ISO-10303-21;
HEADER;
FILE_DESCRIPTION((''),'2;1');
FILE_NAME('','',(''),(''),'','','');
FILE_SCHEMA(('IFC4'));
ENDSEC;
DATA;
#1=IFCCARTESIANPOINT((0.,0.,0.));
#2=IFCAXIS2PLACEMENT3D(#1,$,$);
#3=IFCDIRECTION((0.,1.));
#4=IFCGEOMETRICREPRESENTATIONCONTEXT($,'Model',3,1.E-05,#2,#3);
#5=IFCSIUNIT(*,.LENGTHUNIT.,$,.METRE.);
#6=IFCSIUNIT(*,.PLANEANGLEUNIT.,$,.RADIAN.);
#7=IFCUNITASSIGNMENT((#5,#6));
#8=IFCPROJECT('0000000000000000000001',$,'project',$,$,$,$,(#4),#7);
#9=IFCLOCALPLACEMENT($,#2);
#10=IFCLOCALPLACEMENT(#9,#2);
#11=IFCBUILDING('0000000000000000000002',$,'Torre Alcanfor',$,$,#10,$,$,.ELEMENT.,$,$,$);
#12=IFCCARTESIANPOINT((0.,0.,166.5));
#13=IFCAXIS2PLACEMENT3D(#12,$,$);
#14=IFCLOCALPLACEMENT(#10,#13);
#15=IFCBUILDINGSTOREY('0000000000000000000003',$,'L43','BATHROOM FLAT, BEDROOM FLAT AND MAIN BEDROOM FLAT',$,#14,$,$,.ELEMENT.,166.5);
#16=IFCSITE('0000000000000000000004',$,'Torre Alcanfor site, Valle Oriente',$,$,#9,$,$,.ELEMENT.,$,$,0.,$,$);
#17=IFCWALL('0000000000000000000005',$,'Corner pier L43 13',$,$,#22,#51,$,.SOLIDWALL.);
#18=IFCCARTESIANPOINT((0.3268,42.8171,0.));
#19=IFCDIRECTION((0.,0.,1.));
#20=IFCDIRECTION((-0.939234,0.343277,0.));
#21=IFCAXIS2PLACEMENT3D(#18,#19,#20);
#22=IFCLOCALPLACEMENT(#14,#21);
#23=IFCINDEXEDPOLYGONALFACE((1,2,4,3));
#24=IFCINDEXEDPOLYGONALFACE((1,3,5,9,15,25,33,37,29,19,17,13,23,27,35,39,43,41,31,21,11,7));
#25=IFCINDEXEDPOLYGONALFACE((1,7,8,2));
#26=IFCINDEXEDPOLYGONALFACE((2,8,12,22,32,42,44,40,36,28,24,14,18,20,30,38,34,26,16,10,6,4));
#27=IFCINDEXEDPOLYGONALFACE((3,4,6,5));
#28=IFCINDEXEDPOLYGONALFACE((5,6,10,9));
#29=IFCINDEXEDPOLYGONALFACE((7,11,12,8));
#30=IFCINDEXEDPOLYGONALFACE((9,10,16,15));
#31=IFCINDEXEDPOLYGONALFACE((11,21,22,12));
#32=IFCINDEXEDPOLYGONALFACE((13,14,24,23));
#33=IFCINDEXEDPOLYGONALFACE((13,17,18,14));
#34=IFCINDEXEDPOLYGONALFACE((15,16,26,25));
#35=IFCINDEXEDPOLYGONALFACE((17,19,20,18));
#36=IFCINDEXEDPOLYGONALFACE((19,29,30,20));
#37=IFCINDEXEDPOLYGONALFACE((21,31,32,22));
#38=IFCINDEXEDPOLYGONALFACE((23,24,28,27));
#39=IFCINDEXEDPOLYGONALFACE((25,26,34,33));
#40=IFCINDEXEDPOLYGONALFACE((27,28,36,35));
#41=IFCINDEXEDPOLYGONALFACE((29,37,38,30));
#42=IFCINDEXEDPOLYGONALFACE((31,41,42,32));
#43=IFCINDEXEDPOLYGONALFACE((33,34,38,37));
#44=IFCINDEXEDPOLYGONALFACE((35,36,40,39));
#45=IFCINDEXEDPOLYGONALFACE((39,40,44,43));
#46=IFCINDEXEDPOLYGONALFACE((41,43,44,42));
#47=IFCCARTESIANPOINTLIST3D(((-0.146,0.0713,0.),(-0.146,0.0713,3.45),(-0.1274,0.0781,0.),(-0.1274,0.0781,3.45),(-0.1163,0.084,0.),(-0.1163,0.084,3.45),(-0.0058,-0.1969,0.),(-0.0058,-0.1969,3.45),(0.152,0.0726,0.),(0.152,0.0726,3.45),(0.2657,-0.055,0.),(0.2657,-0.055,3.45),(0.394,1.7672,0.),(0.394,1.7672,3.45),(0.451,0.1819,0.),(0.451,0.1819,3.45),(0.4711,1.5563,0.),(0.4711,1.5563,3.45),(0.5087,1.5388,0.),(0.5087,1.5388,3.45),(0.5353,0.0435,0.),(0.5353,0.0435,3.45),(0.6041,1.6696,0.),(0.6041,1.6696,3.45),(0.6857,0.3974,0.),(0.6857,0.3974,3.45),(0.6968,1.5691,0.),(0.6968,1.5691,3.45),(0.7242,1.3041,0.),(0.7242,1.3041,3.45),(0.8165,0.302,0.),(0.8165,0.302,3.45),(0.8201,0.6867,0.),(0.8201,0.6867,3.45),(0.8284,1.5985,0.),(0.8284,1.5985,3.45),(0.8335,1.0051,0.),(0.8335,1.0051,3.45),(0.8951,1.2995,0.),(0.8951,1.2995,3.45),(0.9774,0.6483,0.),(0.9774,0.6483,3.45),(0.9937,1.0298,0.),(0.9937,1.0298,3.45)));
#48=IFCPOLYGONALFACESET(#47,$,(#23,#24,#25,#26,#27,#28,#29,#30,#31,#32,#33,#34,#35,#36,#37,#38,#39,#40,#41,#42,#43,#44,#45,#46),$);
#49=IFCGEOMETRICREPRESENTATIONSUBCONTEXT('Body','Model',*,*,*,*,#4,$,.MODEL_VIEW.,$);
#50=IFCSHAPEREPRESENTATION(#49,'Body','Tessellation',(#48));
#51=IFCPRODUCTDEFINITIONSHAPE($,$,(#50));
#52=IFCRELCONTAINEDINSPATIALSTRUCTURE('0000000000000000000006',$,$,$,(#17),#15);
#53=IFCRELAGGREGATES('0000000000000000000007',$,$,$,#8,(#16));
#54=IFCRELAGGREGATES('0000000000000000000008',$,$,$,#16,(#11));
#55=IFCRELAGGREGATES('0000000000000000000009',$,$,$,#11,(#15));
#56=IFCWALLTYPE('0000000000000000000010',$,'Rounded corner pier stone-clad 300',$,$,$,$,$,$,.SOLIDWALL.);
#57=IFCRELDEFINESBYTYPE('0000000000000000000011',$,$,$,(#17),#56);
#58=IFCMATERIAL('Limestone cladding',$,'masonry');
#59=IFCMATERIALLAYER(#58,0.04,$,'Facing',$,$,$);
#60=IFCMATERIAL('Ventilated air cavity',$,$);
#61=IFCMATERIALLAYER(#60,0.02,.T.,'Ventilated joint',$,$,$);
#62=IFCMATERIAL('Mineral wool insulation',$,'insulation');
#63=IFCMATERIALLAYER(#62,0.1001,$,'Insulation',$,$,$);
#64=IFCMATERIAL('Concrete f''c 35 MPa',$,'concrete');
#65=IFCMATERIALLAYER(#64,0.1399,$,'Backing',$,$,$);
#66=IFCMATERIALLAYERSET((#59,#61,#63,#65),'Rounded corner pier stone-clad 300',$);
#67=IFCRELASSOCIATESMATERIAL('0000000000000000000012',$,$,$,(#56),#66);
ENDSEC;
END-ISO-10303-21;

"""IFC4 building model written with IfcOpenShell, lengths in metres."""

from ifc_helpers import new_model, si_unit, direction, frame, origin, place, context, subcontext, project, spatial, polyline, outline, extrude, material, layer, layer_set, type_object, element, save


model = new_model("IFC4")

# Units and contexts
model_context = context("Model", 3, precision=1e-05, world=origin(), true_north=direction((0.0, 1.0)))
body_context = subcontext(model_context, "Body", "Model", "MODEL_VIEW")
ifc_project = project(units=[si_unit("LENGTHUNIT", "METRE"), si_unit("PLANEANGLEUNIT", "RADIAN")], contexts=[model_context])

# Site, building, storey
site_placement = place(None, origin())
site = spatial("IfcSite", under=ifc_project, at=site_placement, Name="Torre Alcanfor site, Valle Oriente", CompositionType="ELEMENT", RefElevation=0.0)
building_placement = place(site_placement, origin())
building = spatial("IfcBuilding", under=site, at=building_placement, Name="Torre Alcanfor", CompositionType="ELEMENT")
storey_placement = place(building_placement, frame((0.0, 0.0, 166.5)))
storey = spatial("IfcBuildingStorey", under=building, at=storey_placement, Name="L43", Description="BATHROOM FLAT, BEDROOM FLAT AND MAIN BEDROOM FLAT", CompositionType="ELEMENT", Elevation=166.5)

# Wall
ifc_material_1 = material(Name="Limestone cladding", Category="masonry")
ifc_layer_1 = layer(ifc_material_1, 0.04, Name="Facing")
ifc_material_2 = material(Name="Ventilated air cavity")
ifc_layer_2 = layer(ifc_material_2, 0.02, ventilated=True, Name="Ventilated joint")
ifc_material_3 = material(Name="Mineral wool insulation", Category="insulation")
ifc_layer_3 = layer(ifc_material_3, 0.1001, Name="Insulation")
ifc_material_4 = material(Name="Concrete f'c 35 MPa", Category="concrete")
ifc_layer_4 = layer(ifc_material_4, 0.1399, Name="Backing")
ifc_layer_set_1 = layer_set([ifc_layer_1, ifc_layer_2, ifc_layer_3, ifc_layer_4], Name="Rounded corner pier stone-clad 300")
wall_type_1 = type_object("IfcWallType", Name="Rounded corner pier stone-clad 300", PredefinedType="SOLIDWALL", material=ifc_layer_set_1)
wall_1_placement = place(storey_placement, frame((0.3268, 42.8171, 0.0), z_axis=(0.0, 0.0, 1.0), x_axis=(-0.939234, 0.343277, 0.0)))
element("IfcWall", 1, at=wall_1_placement, inside=storey, type_object=wall_type_1, Name="Corner pier L43 13", PredefinedType="SOLIDWALL", context=body_context, shape_type="SweptSolid", body=[
    extrude(outline(polyline([(-0.0058, -0.1969), (0.2657, -0.055), (0.5353, 0.0435), (0.8165, 0.302), (0.9774, 0.6483), (0.9937, 1.0298), (0.8951, 1.2995), (0.8284, 1.5985), (0.6968, 1.5691), (0.6041, 1.6696), (0.394, 1.7672), (0.4711, 1.5563), (0.5087, 1.5388), (0.7242, 1.3041), (0.8335, 1.0051), (0.8201, 0.6867), (0.6857, 0.3974), (0.451, 0.1819), (0.152, 0.0726), (-0.1163, 0.084), (-0.1274, 0.0781), (-0.146, 0.0713), (-0.0058, -0.1969)])), origin(), (0.0, 0.0, 1.0), 3.45),
])

save(model, "model.ifc")
